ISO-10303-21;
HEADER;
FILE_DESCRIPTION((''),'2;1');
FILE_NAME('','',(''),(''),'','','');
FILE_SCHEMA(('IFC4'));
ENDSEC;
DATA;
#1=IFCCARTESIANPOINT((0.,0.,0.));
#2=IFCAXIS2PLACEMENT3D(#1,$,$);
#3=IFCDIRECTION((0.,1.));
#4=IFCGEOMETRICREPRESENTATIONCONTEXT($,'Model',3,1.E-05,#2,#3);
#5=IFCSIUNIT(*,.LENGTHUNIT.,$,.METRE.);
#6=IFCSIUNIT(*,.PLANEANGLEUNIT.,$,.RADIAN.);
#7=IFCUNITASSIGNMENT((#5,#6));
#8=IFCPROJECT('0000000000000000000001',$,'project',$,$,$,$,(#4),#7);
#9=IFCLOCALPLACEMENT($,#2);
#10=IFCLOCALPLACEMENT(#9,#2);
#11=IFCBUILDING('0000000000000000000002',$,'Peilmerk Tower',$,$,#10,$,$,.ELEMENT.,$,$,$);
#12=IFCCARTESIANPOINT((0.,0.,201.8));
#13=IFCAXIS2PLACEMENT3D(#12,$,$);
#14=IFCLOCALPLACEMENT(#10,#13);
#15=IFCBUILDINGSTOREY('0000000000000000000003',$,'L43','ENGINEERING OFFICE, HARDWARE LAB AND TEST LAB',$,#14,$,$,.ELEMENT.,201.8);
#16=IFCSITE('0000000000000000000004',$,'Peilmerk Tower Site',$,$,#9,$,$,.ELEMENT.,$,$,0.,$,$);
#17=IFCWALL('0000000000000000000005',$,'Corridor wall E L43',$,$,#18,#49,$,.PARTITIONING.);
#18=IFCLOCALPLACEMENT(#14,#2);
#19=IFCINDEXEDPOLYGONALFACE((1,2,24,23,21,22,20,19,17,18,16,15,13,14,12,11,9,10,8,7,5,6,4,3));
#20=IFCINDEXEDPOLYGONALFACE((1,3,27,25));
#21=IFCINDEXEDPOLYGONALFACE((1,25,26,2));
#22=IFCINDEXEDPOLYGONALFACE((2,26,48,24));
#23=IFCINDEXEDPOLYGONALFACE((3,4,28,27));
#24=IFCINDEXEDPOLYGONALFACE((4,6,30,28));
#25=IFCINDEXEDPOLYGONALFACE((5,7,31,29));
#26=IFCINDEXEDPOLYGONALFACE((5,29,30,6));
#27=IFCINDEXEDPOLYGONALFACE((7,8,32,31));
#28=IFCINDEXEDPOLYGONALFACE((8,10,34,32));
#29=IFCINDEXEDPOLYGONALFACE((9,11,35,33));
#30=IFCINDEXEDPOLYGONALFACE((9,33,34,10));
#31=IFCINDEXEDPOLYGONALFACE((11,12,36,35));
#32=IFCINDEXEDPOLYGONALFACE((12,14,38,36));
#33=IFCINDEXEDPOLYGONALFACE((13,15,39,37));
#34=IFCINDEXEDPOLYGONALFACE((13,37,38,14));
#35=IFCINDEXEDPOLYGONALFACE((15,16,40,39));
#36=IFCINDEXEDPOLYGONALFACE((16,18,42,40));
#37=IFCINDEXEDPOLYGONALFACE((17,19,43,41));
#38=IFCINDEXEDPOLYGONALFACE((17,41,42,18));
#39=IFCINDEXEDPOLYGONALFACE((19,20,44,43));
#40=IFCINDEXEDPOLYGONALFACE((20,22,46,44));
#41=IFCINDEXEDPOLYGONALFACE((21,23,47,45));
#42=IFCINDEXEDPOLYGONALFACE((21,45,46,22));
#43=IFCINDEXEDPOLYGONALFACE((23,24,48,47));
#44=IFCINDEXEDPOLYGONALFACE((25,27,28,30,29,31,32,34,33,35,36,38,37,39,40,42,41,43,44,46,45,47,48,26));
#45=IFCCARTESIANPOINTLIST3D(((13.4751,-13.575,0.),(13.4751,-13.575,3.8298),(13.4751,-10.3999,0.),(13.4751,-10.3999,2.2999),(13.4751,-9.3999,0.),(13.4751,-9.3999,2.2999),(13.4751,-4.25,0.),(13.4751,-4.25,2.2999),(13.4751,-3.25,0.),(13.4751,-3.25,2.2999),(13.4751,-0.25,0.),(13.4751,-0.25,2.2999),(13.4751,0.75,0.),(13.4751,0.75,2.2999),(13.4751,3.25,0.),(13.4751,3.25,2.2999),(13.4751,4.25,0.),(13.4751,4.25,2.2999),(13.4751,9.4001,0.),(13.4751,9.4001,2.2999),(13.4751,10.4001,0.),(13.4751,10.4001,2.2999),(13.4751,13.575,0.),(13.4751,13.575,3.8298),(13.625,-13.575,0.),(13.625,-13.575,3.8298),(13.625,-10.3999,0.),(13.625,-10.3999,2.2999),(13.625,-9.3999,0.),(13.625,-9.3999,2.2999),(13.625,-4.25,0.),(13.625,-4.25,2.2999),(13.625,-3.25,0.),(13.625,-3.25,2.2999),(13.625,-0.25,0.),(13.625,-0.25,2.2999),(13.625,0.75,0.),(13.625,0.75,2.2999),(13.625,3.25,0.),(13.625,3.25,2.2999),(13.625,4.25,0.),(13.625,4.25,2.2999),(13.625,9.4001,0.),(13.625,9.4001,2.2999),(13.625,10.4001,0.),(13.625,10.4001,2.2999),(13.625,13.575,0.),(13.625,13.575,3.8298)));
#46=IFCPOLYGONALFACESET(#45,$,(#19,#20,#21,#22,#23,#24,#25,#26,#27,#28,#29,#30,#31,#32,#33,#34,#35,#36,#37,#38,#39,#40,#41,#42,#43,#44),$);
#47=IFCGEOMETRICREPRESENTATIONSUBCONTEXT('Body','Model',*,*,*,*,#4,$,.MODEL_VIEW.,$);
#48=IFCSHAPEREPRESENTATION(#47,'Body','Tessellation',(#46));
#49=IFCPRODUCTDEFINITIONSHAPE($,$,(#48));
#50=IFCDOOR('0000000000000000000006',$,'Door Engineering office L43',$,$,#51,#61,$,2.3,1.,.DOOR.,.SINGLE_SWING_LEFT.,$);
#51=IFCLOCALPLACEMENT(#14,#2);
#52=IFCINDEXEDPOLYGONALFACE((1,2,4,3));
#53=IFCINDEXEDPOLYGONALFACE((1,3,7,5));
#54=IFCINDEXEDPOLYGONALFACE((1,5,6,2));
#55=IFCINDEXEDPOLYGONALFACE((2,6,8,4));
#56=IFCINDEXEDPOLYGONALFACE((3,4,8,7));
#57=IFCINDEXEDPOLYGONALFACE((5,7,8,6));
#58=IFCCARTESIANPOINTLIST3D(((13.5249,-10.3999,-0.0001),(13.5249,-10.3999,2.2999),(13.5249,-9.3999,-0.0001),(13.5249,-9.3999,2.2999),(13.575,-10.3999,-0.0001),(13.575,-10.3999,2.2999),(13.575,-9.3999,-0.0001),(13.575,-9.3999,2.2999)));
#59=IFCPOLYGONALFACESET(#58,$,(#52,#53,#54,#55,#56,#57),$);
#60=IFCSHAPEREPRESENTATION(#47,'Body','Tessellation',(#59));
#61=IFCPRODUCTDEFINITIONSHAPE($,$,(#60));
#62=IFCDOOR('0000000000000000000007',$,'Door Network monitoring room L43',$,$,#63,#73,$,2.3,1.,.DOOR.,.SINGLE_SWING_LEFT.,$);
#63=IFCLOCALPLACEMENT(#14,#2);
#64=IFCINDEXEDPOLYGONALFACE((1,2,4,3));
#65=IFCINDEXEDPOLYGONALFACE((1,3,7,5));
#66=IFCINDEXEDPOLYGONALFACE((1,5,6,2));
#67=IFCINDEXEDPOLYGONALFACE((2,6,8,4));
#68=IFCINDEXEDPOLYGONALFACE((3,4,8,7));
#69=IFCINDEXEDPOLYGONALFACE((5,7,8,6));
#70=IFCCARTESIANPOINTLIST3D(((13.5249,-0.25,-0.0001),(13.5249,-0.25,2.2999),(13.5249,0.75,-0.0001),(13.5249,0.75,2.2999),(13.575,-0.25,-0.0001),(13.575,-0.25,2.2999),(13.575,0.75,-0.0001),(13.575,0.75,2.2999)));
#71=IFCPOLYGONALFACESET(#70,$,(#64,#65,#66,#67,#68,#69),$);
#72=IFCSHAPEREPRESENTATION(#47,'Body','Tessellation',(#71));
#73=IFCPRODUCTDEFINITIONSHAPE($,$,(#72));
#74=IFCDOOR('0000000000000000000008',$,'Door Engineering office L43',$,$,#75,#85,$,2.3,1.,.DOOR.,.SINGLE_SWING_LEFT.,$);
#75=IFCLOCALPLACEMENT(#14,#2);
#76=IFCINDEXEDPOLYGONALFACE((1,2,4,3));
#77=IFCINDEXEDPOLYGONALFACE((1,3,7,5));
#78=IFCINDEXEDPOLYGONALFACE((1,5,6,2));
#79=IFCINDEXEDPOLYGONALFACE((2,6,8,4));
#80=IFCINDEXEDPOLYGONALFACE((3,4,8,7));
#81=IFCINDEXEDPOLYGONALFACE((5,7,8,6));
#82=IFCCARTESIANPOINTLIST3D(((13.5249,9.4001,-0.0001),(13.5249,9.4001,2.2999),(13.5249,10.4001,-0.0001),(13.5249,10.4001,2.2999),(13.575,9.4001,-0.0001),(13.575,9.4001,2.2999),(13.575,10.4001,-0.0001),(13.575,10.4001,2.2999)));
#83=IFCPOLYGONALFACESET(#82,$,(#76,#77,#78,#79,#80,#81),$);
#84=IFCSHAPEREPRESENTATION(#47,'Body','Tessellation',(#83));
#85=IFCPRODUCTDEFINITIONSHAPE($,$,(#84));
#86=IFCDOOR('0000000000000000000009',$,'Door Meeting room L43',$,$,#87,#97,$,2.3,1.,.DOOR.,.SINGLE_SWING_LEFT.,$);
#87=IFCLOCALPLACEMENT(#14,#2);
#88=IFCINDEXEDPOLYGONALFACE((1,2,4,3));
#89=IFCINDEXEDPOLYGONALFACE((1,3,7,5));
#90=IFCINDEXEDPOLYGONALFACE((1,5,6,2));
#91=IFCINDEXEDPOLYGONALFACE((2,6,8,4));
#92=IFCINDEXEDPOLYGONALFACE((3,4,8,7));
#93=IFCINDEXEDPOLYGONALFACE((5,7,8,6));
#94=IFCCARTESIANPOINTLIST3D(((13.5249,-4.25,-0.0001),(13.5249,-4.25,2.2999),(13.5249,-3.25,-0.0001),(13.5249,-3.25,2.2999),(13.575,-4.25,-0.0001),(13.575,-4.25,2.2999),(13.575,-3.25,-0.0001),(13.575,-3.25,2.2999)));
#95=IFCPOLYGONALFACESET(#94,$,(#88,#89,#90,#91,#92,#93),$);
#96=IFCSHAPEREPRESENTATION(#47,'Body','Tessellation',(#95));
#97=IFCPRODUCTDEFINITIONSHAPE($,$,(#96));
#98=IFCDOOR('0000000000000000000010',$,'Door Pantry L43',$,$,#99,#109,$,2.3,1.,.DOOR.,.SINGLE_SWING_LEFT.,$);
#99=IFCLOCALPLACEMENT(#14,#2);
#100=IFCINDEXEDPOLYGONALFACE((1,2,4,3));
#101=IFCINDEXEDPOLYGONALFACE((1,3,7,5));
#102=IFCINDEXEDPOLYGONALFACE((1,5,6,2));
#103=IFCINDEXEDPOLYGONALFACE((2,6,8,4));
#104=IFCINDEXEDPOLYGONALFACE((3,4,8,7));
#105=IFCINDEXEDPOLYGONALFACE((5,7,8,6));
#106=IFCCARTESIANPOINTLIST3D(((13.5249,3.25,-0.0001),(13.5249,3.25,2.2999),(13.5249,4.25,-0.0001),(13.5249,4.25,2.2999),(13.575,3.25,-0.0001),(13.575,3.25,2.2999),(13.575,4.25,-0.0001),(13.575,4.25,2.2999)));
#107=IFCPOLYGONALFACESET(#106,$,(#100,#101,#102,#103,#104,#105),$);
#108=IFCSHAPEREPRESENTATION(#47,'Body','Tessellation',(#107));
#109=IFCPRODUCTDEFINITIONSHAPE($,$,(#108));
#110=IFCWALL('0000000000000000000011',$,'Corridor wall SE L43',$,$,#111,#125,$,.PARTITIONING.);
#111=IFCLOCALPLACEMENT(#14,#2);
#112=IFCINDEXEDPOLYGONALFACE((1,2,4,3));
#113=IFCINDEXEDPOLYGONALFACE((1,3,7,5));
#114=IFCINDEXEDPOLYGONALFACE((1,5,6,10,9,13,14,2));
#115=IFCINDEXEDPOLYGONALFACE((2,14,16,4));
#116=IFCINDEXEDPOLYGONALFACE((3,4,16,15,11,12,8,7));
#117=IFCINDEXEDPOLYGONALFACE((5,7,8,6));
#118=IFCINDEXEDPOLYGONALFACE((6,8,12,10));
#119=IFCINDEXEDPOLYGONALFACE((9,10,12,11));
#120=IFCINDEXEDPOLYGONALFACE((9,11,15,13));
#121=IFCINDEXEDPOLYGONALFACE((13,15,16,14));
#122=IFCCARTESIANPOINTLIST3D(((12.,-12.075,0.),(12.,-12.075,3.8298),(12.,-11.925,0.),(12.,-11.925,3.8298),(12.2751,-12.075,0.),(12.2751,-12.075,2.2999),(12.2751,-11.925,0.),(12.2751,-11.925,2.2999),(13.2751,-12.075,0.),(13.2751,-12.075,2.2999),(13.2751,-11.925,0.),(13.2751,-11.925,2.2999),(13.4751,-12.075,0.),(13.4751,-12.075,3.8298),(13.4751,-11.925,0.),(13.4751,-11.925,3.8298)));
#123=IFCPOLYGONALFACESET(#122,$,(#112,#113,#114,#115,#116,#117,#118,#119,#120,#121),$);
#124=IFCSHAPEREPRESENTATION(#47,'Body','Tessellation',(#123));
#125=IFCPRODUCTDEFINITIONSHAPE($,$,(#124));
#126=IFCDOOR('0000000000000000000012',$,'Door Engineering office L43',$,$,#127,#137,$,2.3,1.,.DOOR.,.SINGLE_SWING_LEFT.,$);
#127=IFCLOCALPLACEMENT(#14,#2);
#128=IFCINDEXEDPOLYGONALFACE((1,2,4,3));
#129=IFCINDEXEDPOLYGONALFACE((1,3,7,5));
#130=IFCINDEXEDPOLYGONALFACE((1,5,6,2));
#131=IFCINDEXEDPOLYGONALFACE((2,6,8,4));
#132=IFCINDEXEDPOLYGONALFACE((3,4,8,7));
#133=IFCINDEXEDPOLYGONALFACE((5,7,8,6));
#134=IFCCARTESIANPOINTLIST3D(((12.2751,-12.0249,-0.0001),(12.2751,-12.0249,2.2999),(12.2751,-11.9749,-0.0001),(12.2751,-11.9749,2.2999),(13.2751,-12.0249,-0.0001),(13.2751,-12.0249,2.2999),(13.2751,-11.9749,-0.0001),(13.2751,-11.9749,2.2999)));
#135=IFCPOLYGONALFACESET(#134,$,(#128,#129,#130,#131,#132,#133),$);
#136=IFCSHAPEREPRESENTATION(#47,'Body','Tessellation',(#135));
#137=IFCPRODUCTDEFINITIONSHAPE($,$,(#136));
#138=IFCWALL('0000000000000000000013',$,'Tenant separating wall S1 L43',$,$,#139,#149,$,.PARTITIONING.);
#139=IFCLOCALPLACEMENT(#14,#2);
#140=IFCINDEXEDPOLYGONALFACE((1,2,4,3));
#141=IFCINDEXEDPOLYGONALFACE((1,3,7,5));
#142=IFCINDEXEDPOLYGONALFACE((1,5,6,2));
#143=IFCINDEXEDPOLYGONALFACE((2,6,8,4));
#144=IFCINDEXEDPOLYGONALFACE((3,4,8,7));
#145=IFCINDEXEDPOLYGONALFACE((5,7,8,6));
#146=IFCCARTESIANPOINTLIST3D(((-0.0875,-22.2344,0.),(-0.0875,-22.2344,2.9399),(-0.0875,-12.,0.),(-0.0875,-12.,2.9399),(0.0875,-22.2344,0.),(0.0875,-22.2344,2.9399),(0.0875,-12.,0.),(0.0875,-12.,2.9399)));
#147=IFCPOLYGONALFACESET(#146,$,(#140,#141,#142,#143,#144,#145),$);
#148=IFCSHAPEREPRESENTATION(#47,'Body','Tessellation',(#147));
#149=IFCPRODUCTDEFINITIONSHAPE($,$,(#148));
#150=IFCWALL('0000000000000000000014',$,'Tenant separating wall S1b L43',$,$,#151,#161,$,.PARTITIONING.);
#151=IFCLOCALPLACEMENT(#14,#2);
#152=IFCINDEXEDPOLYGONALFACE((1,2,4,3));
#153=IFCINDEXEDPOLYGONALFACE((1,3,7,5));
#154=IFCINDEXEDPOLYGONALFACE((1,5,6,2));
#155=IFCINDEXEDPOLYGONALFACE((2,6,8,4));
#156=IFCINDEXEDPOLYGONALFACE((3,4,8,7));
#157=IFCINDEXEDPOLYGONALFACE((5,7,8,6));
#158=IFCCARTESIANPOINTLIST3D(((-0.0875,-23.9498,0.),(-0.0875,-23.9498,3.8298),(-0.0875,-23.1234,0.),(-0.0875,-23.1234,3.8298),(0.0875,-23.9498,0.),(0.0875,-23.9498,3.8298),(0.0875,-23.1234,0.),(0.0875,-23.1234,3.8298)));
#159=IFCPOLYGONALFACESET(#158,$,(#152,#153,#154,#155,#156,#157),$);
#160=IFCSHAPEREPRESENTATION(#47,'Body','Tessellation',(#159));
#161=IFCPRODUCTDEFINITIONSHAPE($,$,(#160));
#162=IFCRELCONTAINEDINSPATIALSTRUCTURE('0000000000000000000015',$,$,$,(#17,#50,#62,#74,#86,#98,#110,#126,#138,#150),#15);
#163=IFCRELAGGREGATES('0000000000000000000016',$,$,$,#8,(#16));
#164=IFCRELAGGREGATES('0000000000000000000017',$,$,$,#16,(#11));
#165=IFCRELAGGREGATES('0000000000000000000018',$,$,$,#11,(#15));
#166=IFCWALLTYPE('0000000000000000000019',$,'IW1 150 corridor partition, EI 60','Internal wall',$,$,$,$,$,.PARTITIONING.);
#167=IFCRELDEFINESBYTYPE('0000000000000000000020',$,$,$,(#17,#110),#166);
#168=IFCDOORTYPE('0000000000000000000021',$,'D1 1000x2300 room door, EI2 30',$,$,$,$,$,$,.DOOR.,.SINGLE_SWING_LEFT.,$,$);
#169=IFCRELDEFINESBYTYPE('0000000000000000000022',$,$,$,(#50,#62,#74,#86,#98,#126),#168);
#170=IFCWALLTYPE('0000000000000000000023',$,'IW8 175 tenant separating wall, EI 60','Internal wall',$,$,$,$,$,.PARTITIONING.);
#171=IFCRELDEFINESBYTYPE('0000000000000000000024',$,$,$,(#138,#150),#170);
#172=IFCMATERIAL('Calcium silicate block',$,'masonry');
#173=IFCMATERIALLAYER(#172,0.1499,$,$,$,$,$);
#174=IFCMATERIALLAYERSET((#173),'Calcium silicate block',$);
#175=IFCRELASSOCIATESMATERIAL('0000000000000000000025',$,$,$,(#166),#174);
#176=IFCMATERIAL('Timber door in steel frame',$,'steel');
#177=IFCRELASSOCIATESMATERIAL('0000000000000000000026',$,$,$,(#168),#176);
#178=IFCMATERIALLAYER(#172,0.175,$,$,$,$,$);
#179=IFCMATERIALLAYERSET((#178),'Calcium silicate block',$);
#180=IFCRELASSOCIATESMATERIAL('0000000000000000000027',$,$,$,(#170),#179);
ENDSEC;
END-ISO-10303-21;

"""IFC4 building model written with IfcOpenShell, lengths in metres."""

from ifc_helpers import new_model, si_unit, direction, frame, frame_2d, origin, place, context, subcontext, project, spatial, rectangle, extrude, material, layer, layer_set, type_object, element, fill, save


model = new_model("IFC4")

# Units and contexts
model_context = context("Model", 3, precision=1e-05, world=origin(), true_north=direction((0.0, 1.0)))
body_context = subcontext(model_context, "Body", "Model", "MODEL_VIEW")
ifc_project = project(units=[si_unit("LENGTHUNIT", "METRE"), si_unit("PLANEANGLEUNIT", "RADIAN")], contexts=[model_context])

# Site, building, storey
site_placement = place(None, origin())
site = spatial("IfcSite", under=ifc_project, at=site_placement, Name="Peilmerk Tower Site", CompositionType="ELEMENT", RefElevation=0.0)
building_placement = place(site_placement, origin())
building = spatial("IfcBuilding", under=site, at=building_placement, Name="Peilmerk Tower", CompositionType="ELEMENT")
storey_placement = place(building_placement, frame((0.0, 0.0, 201.8)))
storey = spatial("IfcBuildingStorey", under=building, at=storey_placement, Name="L43", Description="ENGINEERING OFFICE, HARDWARE LAB AND TEST LAB", CompositionType="ELEMENT", Elevation=201.8)

# Wall, openings, doors
ifc_material_1 = material(Name="Calcium silicate block", Category="masonry")
ifc_layer_1 = layer(ifc_material_1, 0.1499)
ifc_layer_set_1 = layer_set([ifc_layer_1], Name="Calcium silicate block")
wall_type_1 = type_object("IfcWallType", Name="IW1 150 corridor partition, EI 60", Description="Internal wall", PredefinedType="PARTITIONING", material=ifc_layer_set_1)
wall_1_placement = place(storey_placement, frame((13.55, -13.575, 0.0), z_axis=(0.0, 0.0, 1.0), x_axis=(0.0, 1.0, 0.0)))
wall_1 = element("IfcWall", 1, at=wall_1_placement, inside=storey, type_object=wall_type_1, Name="Corridor wall E L43", PredefinedType="PARTITIONING", context=body_context, shape_type="SweptSolid", body=[
    extrude(rectangle(XDim=27.1499, YDim=0.1499, at=frame_2d((13.575, 0.0))), origin(), (0.0, 0.0, 1.0), 3.8298),
])
opening_1_placement = place(wall_1_placement, frame((3.175, 0.0, 0.0)))
opening_1 = element("IfcOpeningElement", 2, at=opening_1_placement, cuts=wall_1, PredefinedType="OPENING", context=body_context, shape_type="SweptSolid", body=[
    extrude(rectangle(XDim=1.0, YDim=2.3, at=frame_2d((0.5, 1.1499))), frame((0.0, 0.085, 0.0), z_axis=(0.0, -1.0, 0.0), x_axis=(1.0, 0.0, 0.0)), (0.0, 0.0, 1.0), 0.1699),
])
opening_2_placement = place(wall_1_placement, frame((13.325, 0.0, 0.0)))
opening_2 = element("IfcOpeningElement", 3, at=opening_2_placement, cuts=wall_1, PredefinedType="OPENING", context=body_context, shape_type="SweptSolid", body=[
    extrude(rectangle(XDim=1.0, YDim=2.3, at=frame_2d((0.5, 1.1499))), frame((0.0, 0.085, 0.0), z_axis=(0.0, -1.0, 0.0), x_axis=(1.0, 0.0, 0.0)), (0.0, 0.0, 1.0), 0.1699),
])
opening_3_placement = place(wall_1_placement, frame((22.9751, 0.0, 0.0)))
opening_3 = element("IfcOpeningElement", 4, at=opening_3_placement, cuts=wall_1, PredefinedType="OPENING", context=body_context, shape_type="SweptSolid", body=[
    extrude(rectangle(XDim=1.0, YDim=2.3, at=frame_2d((0.5, 1.1499))), frame((0.0, 0.085, 0.0), z_axis=(0.0, -1.0, 0.0), x_axis=(1.0, 0.0, 0.0)), (0.0, 0.0, 1.0), 0.1699),
])
opening_4_placement = place(wall_1_placement, frame((9.325, 0.0, 0.0)))
opening_4 = element("IfcOpeningElement", 5, at=opening_4_placement, cuts=wall_1, PredefinedType="OPENING", context=body_context, shape_type="SweptSolid", body=[
    extrude(rectangle(XDim=1.0, YDim=2.3, at=frame_2d((0.5, 1.1499))), frame((0.0, 0.085, 0.0), z_axis=(0.0, -1.0, 0.0), x_axis=(1.0, 0.0, 0.0)), (0.0, 0.0, 1.0), 0.1699),
])
opening_5_placement = place(wall_1_placement, frame((16.825, 0.0, 0.0)))
opening_5 = element("IfcOpeningElement", 6, at=opening_5_placement, cuts=wall_1, PredefinedType="OPENING", context=body_context, shape_type="SweptSolid", body=[
    extrude(rectangle(XDim=1.0, YDim=2.3, at=frame_2d((0.5, 1.1499))), frame((0.0, 0.085, 0.0), z_axis=(0.0, -1.0, 0.0), x_axis=(1.0, 0.0, 0.0)), (0.0, 0.0, 1.0), 0.1699),
])
ifc_material_2 = material(Name="Timber door in steel frame", Category="steel")
door_type_1 = type_object("IfcDoorType", Name="D1 1000x2300 room door, EI2 30", OperationType="SINGLE_SWING_LEFT", PredefinedType="DOOR", material=ifc_material_2)
door_1_placement = place(opening_1_placement, frame((1.0, 0.0, 0.0), z_axis=(0.0, 0.0, 1.0), x_axis=(-1.0, 0.0, 0.0)))
door_1 = element("IfcDoor", 7, at=door_1_placement, inside=storey, type_object=door_type_1, Name="Door Engineering office L43", OperationType="SINGLE_SWING_LEFT", OverallHeight=2.3, OverallWidth=1.0, PredefinedType="DOOR", context=body_context, shape_type="SweptSolid", body=[
    extrude(rectangle(XDim=1.0, YDim=2.3, at=frame_2d((0.5, 1.1499))), frame((0.0, 0.0249, 0.0), z_axis=(0.0, -1.0, 0.0), x_axis=(1.0, 0.0, 0.0)), (0.0, 0.0, 1.0), 0.05),
])
fill(opening_1, door_1)
door_2_placement = place(opening_2_placement, frame((1.0, 0.0, 0.0), z_axis=(0.0, 0.0, 1.0), x_axis=(-1.0, 0.0, 0.0)))
door_2 = element("IfcDoor", 8, at=door_2_placement, inside=storey, type_object=door_type_1, Name="Door Network monitoring room L43", OperationType="SINGLE_SWING_LEFT", OverallHeight=2.3, OverallWidth=1.0, PredefinedType="DOOR", context=body_context, shape_type="SweptSolid", body=[
    extrude(rectangle(XDim=1.0, YDim=2.3, at=frame_2d((0.5, 1.1499))), frame((0.0, 0.0249, 0.0), z_axis=(0.0, -1.0, 0.0), x_axis=(1.0, 0.0, 0.0)), (0.0, 0.0, 1.0), 0.05),
])
fill(opening_2, door_2)
door_3_placement = place(opening_3_placement, frame((1.0, 0.0, 0.0), z_axis=(0.0, 0.0, 1.0), x_axis=(-1.0, 0.0, 0.0)))
door_3 = element("IfcDoor", 9, at=door_3_placement, inside=storey, type_object=door_type_1, Name="Door Engineering office L43", OperationType="SINGLE_SWING_LEFT", OverallHeight=2.3, OverallWidth=1.0, PredefinedType="DOOR", context=body_context, shape_type="SweptSolid", body=[
    extrude(rectangle(XDim=1.0, YDim=2.3, at=frame_2d((0.5, 1.1499))), frame((0.0, 0.0249, 0.0), z_axis=(0.0, -1.0, 0.0), x_axis=(1.0, 0.0, 0.0)), (0.0, 0.0, 1.0), 0.05),
])
fill(opening_3, door_3)
door_4_placement = place(opening_4_placement, frame((1.0, 0.0, 0.0), z_axis=(0.0, 0.0, 1.0), x_axis=(-1.0, 0.0, 0.0)))
door_4 = element("IfcDoor", 10, at=door_4_placement, inside=storey, type_object=door_type_1, Name="Door Meeting room L43", OperationType="SINGLE_SWING_LEFT", OverallHeight=2.3, OverallWidth=1.0, PredefinedType="DOOR", context=body_context, shape_type="SweptSolid", body=[
    extrude(rectangle(XDim=1.0, YDim=2.3, at=frame_2d((0.5, 1.1499))), frame((0.0, 0.0249, 0.0), z_axis=(0.0, -1.0, 0.0), x_axis=(1.0, 0.0, 0.0)), (0.0, 0.0, 1.0), 0.05),
])
fill(opening_4, door_4)
door_5_placement = place(opening_5_placement, frame((1.0, 0.0, 0.0), z_axis=(0.0, 0.0, 1.0), x_axis=(-1.0, 0.0, 0.0)))
door_5 = element("IfcDoor", 11, at=door_5_placement, inside=storey, type_object=door_type_1, Name="Door Pantry L43", OperationType="SINGLE_SWING_LEFT", OverallHeight=2.3, OverallWidth=1.0, PredefinedType="DOOR", context=body_context, shape_type="SweptSolid", body=[
    extrude(rectangle(XDim=1.0, YDim=2.3, at=frame_2d((0.5, 1.1499))), frame((0.0, 0.0249, 0.0), z_axis=(0.0, -1.0, 0.0), x_axis=(1.0, 0.0, 0.0)), (0.0, 0.0, 1.0), 0.05),
])
fill(opening_5, door_5)

# Wall, opening, door
wall_2_placement = place(storey_placement, frame((13.4751, -12.0, 0.0), z_axis=(0.0, 0.0, 1.0), x_axis=(-1.0, 0.0, 0.0)))
wall_2 = element("IfcWall", 12, at=wall_2_placement, inside=storey, type_object=wall_type_1, Name="Corridor wall SE L43", PredefinedType="PARTITIONING", context=body_context, shape_type="SweptSolid", body=[
    extrude(rectangle(XDim=1.4751, YDim=0.1499, at=frame_2d((0.7375, 0.0))), origin(), (0.0, 0.0, 1.0), 3.8298),
])
opening_6_placement = place(wall_2_placement, frame((0.2, 0.0, 0.0)))
opening_6 = element("IfcOpeningElement", 13, at=opening_6_placement, cuts=wall_2, PredefinedType="OPENING", context=body_context, shape_type="SweptSolid", body=[
    extrude(rectangle(XDim=1.0, YDim=2.3, at=frame_2d((0.5, 1.1499))), frame((0.0, 0.085, 0.0), z_axis=(0.0, -1.0, 0.0), x_axis=(1.0, 0.0, 0.0)), (0.0, 0.0, 1.0), 0.1699),
])
door_6_placement = place(opening_6_placement, origin())
door_6 = element("IfcDoor", 14, at=door_6_placement, inside=storey, type_object=door_type_1, Name="Door Engineering office L43", OperationType="SINGLE_SWING_LEFT", OverallHeight=2.3, OverallWidth=1.0, PredefinedType="DOOR", context=body_context, shape_type="SweptSolid", body=[
    extrude(rectangle(XDim=1.0, YDim=2.3, at=frame_2d((0.5, 1.1499))), frame((0.0, 0.0249, 0.0), z_axis=(0.0, -1.0, 0.0), x_axis=(1.0, 0.0, 0.0)), (0.0, 0.0, 1.0), 0.05),
])
fill(opening_6, door_6)

# Walls
ifc_layer_2 = layer(ifc_material_1, 0.175)
ifc_layer_set_2 = layer_set([ifc_layer_2], Name="Calcium silicate block")
wall_type_2 = type_object("IfcWallType", Name="IW8 175 tenant separating wall, EI 60", Description="Internal wall", PredefinedType="PARTITIONING", material=ifc_layer_set_2)
wall_3_placement = place(storey_placement, frame((0.0, -12.0, 0.0), z_axis=(0.0, 0.0, 1.0), x_axis=(0.0, -1.0, 0.0)))
element("IfcWall", 15, at=wall_3_placement, inside=storey, type_object=wall_type_2, Name="Tenant separating wall S1 L43", PredefinedType="PARTITIONING", context=body_context, shape_type="SweptSolid", body=[
    extrude(rectangle(XDim=10.2344, YDim=0.175, at=frame_2d((5.1172, 0.0))), origin(), (0.0, 0.0, 1.0), 2.9399),
])
wall_4_placement = place(storey_placement, frame((0.0, -23.1235, 0.0), z_axis=(0.0, 0.0, 1.0), x_axis=(0.0, -1.0, 0.0)))
element("IfcWall", 16, at=wall_4_placement, inside=storey, type_object=wall_type_2, Name="Tenant separating wall S1b L43", PredefinedType="PARTITIONING", context=body_context, shape_type="SweptSolid", body=[
    extrude(rectangle(XDim=0.8264, YDim=0.175, at=frame_2d((0.4131, 0.0))), origin(), (0.0, 0.0, 1.0), 3.8298),
])

save(model, "model.ifc")
